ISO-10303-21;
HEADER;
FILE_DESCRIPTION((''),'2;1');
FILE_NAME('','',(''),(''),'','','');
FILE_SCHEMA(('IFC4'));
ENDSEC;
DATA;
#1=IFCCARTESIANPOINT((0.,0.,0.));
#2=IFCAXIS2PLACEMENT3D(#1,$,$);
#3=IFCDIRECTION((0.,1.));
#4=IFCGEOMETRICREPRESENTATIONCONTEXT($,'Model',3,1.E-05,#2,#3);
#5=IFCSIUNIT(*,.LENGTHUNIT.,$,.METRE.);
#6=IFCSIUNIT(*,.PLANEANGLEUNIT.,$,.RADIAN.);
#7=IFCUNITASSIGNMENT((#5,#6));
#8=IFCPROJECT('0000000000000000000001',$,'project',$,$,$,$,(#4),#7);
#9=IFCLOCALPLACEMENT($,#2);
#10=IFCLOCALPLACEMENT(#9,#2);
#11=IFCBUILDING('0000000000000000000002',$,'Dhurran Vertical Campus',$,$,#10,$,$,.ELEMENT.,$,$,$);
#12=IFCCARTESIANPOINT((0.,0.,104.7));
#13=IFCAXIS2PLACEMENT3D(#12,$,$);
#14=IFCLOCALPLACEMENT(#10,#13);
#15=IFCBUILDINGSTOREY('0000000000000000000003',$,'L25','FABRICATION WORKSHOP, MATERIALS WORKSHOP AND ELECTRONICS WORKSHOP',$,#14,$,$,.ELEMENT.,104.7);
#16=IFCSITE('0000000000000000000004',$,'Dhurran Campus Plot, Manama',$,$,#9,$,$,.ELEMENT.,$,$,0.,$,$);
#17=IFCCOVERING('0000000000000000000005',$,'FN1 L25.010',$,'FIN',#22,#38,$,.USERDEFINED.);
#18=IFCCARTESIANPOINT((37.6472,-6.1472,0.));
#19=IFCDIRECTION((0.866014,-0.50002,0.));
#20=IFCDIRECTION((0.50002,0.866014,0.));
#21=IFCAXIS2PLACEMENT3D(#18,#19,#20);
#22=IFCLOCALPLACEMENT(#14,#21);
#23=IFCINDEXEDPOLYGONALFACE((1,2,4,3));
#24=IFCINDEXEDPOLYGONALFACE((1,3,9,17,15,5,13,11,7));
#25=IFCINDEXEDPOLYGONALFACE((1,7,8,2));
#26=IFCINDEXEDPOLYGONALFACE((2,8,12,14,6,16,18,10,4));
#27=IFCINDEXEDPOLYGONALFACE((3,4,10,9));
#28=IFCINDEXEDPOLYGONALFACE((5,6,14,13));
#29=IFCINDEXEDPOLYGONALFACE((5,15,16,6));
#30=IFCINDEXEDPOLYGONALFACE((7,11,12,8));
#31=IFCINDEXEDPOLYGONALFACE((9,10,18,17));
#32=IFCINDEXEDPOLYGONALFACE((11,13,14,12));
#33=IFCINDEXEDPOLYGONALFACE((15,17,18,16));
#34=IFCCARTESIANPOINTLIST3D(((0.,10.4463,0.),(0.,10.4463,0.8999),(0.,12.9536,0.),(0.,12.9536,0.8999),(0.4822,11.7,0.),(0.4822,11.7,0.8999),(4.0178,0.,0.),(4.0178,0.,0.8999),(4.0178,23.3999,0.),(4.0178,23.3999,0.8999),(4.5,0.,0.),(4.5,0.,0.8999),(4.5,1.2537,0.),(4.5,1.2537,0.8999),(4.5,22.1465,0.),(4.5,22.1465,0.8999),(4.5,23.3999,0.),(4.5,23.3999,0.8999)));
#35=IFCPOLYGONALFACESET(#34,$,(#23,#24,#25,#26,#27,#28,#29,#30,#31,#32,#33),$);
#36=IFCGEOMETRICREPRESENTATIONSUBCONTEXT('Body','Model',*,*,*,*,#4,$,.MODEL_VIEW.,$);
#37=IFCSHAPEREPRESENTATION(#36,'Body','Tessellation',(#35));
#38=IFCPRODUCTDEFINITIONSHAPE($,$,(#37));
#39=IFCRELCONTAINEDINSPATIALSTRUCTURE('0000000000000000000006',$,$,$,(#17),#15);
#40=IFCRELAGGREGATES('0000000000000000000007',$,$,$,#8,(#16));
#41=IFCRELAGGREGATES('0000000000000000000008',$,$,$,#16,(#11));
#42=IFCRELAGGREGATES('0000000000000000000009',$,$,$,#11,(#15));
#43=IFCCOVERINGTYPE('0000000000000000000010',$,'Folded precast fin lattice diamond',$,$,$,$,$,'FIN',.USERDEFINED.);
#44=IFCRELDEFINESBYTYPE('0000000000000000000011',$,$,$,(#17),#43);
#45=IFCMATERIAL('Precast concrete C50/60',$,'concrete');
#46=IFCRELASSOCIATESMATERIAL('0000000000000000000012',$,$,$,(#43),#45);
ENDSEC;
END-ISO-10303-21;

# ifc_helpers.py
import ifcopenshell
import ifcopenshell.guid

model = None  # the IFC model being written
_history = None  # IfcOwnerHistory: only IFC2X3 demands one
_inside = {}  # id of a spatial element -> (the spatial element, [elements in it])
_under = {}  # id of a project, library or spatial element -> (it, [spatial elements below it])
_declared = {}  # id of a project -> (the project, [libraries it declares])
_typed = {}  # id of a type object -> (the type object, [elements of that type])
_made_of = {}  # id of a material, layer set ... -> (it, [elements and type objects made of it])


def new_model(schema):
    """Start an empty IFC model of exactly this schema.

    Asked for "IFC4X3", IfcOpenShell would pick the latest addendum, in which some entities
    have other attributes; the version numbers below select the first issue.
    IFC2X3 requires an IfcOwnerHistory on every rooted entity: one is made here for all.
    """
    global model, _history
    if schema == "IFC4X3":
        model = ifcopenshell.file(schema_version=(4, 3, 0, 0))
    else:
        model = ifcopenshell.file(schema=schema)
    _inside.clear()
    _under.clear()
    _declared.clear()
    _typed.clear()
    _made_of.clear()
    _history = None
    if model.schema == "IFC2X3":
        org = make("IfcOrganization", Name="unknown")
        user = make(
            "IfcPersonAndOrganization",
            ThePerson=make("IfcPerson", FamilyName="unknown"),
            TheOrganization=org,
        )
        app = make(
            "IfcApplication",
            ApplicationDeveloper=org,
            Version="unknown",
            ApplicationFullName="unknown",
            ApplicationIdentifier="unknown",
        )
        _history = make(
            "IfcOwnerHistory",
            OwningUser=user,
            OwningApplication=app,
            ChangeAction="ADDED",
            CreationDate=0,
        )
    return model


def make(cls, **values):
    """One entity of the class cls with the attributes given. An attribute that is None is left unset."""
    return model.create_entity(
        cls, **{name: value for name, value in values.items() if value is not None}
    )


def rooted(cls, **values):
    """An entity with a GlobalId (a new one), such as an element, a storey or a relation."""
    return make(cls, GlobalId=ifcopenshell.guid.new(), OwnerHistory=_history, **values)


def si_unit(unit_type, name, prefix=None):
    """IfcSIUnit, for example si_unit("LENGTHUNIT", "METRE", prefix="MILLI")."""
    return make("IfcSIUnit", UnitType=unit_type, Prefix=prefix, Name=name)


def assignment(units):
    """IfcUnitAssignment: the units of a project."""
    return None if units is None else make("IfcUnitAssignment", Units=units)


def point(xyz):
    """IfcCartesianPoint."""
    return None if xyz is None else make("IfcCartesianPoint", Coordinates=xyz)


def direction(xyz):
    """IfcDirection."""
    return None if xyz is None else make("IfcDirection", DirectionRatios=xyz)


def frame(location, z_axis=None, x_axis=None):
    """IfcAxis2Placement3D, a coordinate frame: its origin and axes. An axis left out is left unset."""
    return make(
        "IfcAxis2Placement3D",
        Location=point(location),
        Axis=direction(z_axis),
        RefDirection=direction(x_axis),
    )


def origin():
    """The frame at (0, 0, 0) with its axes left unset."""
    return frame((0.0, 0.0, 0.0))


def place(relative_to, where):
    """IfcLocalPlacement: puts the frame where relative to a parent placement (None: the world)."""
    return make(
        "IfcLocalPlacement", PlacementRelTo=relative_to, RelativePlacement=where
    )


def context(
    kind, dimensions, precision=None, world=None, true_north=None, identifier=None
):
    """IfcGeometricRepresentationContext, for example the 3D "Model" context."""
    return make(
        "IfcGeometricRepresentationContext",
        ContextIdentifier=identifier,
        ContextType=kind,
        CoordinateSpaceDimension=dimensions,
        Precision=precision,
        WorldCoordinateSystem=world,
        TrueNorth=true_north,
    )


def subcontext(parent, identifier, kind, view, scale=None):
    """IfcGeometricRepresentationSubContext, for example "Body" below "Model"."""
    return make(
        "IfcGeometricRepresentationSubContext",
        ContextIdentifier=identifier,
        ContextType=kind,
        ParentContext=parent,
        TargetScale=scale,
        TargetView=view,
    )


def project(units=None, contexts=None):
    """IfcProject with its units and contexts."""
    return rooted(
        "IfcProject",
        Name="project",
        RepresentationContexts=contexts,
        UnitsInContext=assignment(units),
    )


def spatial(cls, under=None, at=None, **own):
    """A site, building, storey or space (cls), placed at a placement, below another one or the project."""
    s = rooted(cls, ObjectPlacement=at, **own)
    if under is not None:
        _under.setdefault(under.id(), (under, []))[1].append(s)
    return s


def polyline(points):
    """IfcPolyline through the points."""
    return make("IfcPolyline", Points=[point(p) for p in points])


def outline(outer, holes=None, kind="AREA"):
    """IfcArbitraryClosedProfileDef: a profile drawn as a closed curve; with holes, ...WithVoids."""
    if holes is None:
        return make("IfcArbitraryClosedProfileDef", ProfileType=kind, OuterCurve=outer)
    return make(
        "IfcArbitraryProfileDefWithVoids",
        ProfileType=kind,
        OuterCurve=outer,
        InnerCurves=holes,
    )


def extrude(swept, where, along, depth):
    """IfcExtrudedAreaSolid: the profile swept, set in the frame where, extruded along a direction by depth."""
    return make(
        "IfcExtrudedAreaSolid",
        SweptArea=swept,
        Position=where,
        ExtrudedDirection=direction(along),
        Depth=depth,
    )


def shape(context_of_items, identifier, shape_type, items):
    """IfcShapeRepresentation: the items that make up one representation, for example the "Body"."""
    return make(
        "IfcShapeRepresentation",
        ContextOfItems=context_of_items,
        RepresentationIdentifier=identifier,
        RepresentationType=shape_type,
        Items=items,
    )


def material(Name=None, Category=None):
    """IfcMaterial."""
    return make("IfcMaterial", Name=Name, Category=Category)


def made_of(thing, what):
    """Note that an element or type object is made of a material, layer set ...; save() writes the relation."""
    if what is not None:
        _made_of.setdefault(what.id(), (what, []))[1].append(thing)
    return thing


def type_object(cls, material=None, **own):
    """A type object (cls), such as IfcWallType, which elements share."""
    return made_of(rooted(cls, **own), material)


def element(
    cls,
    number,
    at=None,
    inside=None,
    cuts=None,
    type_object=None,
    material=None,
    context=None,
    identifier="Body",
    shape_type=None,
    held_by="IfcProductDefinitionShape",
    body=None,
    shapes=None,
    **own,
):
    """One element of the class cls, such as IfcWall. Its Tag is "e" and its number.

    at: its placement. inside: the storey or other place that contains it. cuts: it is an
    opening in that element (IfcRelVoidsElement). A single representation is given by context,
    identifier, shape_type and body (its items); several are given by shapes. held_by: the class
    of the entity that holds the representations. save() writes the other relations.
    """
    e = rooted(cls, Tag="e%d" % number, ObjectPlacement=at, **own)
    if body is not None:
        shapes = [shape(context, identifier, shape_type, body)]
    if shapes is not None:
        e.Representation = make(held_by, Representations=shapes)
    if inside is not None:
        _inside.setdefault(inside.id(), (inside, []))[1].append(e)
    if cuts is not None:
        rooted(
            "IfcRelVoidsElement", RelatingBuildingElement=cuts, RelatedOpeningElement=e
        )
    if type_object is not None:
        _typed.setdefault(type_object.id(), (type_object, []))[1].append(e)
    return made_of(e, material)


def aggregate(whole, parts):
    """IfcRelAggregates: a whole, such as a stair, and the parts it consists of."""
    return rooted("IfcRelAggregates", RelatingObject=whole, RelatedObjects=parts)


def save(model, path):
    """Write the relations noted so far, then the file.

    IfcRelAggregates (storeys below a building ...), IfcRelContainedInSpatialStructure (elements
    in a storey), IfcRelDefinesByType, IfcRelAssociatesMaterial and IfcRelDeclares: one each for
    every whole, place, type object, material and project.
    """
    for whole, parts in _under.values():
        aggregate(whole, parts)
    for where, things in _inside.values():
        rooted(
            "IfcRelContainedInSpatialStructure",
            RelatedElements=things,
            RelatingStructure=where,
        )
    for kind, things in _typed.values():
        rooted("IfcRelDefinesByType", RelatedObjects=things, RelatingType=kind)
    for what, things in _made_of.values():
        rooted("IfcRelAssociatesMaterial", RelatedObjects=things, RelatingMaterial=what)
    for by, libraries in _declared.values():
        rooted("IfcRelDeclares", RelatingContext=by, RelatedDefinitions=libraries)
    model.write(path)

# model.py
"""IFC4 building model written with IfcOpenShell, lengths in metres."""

from ifc_helpers import new_model, si_unit, direction, frame, origin, place, context, subcontext, project, spatial, polyline, outline, extrude, material, type_object, element, save


model = new_model("IFC4")

# Units and contexts
model_context = context("Model", 3, precision=1e-05, world=origin(), true_north=direction((0.0, 1.0)))
body_context = subcontext(model_context, "Body", "Model", "MODEL_VIEW")
ifc_project = project(units=[si_unit("LENGTHUNIT", "METRE"), si_unit("PLANEANGLEUNIT", "RADIAN")], contexts=[model_context])

# Site, building, storey
site_placement = place(None, origin())
site = spatial("IfcSite", under=ifc_project, at=site_placement, Name="Dhurran Campus Plot, Manama", CompositionType="ELEMENT", RefElevation=0.0)
building_placement = place(site_placement, origin())
building = spatial("IfcBuilding", under=site, at=building_placement, Name="Dhurran Vertical Campus", CompositionType="ELEMENT")
storey_placement = place(building_placement, frame((0.0, 0.0, 104.7)))
storey = spatial("IfcBuildingStorey", under=building, at=storey_placement, Name="L25", Description="FABRICATION WORKSHOP, MATERIALS WORKSHOP AND ELECTRONICS WORKSHOP", CompositionType="ELEMENT", Elevation=104.7)

# Covering
ifc_material_1 = material(Name="Precast concrete C50/60", Category="concrete")
covering_type = type_object("IfcCoveringType", Name="Folded precast fin lattice diamond", ElementType="FIN", PredefinedType="USERDEFINED", material=ifc_material_1)
covering_1_placement = place(storey_placement, frame((37.6472, -6.1472, 0.0), z_axis=(0.866014, -0.50002, 0.0), x_axis=(0.50002, 0.866014, 0.0)))
element("IfcCovering", 1, at=covering_1_placement, inside=storey, type_object=covering_type, Name="FN1 L25.010", ObjectType="FIN", PredefinedType="USERDEFINED", context=body_context, shape_type="SweptSolid", body=[
    extrude(outline(polyline([(4.0178, 0.0), (0.0, 10.4463), (0.0, 12.9536), (4.0178, 23.3999), (4.5, 23.3999), (4.5, 22.1465), (0.4822, 11.7), (4.5, 1.2537), (4.5, 0.0), (4.0178, 0.0)])), origin(), (0.0, 0.0, 1.0), 0.8999),
])

save(model, "model.ifc")
